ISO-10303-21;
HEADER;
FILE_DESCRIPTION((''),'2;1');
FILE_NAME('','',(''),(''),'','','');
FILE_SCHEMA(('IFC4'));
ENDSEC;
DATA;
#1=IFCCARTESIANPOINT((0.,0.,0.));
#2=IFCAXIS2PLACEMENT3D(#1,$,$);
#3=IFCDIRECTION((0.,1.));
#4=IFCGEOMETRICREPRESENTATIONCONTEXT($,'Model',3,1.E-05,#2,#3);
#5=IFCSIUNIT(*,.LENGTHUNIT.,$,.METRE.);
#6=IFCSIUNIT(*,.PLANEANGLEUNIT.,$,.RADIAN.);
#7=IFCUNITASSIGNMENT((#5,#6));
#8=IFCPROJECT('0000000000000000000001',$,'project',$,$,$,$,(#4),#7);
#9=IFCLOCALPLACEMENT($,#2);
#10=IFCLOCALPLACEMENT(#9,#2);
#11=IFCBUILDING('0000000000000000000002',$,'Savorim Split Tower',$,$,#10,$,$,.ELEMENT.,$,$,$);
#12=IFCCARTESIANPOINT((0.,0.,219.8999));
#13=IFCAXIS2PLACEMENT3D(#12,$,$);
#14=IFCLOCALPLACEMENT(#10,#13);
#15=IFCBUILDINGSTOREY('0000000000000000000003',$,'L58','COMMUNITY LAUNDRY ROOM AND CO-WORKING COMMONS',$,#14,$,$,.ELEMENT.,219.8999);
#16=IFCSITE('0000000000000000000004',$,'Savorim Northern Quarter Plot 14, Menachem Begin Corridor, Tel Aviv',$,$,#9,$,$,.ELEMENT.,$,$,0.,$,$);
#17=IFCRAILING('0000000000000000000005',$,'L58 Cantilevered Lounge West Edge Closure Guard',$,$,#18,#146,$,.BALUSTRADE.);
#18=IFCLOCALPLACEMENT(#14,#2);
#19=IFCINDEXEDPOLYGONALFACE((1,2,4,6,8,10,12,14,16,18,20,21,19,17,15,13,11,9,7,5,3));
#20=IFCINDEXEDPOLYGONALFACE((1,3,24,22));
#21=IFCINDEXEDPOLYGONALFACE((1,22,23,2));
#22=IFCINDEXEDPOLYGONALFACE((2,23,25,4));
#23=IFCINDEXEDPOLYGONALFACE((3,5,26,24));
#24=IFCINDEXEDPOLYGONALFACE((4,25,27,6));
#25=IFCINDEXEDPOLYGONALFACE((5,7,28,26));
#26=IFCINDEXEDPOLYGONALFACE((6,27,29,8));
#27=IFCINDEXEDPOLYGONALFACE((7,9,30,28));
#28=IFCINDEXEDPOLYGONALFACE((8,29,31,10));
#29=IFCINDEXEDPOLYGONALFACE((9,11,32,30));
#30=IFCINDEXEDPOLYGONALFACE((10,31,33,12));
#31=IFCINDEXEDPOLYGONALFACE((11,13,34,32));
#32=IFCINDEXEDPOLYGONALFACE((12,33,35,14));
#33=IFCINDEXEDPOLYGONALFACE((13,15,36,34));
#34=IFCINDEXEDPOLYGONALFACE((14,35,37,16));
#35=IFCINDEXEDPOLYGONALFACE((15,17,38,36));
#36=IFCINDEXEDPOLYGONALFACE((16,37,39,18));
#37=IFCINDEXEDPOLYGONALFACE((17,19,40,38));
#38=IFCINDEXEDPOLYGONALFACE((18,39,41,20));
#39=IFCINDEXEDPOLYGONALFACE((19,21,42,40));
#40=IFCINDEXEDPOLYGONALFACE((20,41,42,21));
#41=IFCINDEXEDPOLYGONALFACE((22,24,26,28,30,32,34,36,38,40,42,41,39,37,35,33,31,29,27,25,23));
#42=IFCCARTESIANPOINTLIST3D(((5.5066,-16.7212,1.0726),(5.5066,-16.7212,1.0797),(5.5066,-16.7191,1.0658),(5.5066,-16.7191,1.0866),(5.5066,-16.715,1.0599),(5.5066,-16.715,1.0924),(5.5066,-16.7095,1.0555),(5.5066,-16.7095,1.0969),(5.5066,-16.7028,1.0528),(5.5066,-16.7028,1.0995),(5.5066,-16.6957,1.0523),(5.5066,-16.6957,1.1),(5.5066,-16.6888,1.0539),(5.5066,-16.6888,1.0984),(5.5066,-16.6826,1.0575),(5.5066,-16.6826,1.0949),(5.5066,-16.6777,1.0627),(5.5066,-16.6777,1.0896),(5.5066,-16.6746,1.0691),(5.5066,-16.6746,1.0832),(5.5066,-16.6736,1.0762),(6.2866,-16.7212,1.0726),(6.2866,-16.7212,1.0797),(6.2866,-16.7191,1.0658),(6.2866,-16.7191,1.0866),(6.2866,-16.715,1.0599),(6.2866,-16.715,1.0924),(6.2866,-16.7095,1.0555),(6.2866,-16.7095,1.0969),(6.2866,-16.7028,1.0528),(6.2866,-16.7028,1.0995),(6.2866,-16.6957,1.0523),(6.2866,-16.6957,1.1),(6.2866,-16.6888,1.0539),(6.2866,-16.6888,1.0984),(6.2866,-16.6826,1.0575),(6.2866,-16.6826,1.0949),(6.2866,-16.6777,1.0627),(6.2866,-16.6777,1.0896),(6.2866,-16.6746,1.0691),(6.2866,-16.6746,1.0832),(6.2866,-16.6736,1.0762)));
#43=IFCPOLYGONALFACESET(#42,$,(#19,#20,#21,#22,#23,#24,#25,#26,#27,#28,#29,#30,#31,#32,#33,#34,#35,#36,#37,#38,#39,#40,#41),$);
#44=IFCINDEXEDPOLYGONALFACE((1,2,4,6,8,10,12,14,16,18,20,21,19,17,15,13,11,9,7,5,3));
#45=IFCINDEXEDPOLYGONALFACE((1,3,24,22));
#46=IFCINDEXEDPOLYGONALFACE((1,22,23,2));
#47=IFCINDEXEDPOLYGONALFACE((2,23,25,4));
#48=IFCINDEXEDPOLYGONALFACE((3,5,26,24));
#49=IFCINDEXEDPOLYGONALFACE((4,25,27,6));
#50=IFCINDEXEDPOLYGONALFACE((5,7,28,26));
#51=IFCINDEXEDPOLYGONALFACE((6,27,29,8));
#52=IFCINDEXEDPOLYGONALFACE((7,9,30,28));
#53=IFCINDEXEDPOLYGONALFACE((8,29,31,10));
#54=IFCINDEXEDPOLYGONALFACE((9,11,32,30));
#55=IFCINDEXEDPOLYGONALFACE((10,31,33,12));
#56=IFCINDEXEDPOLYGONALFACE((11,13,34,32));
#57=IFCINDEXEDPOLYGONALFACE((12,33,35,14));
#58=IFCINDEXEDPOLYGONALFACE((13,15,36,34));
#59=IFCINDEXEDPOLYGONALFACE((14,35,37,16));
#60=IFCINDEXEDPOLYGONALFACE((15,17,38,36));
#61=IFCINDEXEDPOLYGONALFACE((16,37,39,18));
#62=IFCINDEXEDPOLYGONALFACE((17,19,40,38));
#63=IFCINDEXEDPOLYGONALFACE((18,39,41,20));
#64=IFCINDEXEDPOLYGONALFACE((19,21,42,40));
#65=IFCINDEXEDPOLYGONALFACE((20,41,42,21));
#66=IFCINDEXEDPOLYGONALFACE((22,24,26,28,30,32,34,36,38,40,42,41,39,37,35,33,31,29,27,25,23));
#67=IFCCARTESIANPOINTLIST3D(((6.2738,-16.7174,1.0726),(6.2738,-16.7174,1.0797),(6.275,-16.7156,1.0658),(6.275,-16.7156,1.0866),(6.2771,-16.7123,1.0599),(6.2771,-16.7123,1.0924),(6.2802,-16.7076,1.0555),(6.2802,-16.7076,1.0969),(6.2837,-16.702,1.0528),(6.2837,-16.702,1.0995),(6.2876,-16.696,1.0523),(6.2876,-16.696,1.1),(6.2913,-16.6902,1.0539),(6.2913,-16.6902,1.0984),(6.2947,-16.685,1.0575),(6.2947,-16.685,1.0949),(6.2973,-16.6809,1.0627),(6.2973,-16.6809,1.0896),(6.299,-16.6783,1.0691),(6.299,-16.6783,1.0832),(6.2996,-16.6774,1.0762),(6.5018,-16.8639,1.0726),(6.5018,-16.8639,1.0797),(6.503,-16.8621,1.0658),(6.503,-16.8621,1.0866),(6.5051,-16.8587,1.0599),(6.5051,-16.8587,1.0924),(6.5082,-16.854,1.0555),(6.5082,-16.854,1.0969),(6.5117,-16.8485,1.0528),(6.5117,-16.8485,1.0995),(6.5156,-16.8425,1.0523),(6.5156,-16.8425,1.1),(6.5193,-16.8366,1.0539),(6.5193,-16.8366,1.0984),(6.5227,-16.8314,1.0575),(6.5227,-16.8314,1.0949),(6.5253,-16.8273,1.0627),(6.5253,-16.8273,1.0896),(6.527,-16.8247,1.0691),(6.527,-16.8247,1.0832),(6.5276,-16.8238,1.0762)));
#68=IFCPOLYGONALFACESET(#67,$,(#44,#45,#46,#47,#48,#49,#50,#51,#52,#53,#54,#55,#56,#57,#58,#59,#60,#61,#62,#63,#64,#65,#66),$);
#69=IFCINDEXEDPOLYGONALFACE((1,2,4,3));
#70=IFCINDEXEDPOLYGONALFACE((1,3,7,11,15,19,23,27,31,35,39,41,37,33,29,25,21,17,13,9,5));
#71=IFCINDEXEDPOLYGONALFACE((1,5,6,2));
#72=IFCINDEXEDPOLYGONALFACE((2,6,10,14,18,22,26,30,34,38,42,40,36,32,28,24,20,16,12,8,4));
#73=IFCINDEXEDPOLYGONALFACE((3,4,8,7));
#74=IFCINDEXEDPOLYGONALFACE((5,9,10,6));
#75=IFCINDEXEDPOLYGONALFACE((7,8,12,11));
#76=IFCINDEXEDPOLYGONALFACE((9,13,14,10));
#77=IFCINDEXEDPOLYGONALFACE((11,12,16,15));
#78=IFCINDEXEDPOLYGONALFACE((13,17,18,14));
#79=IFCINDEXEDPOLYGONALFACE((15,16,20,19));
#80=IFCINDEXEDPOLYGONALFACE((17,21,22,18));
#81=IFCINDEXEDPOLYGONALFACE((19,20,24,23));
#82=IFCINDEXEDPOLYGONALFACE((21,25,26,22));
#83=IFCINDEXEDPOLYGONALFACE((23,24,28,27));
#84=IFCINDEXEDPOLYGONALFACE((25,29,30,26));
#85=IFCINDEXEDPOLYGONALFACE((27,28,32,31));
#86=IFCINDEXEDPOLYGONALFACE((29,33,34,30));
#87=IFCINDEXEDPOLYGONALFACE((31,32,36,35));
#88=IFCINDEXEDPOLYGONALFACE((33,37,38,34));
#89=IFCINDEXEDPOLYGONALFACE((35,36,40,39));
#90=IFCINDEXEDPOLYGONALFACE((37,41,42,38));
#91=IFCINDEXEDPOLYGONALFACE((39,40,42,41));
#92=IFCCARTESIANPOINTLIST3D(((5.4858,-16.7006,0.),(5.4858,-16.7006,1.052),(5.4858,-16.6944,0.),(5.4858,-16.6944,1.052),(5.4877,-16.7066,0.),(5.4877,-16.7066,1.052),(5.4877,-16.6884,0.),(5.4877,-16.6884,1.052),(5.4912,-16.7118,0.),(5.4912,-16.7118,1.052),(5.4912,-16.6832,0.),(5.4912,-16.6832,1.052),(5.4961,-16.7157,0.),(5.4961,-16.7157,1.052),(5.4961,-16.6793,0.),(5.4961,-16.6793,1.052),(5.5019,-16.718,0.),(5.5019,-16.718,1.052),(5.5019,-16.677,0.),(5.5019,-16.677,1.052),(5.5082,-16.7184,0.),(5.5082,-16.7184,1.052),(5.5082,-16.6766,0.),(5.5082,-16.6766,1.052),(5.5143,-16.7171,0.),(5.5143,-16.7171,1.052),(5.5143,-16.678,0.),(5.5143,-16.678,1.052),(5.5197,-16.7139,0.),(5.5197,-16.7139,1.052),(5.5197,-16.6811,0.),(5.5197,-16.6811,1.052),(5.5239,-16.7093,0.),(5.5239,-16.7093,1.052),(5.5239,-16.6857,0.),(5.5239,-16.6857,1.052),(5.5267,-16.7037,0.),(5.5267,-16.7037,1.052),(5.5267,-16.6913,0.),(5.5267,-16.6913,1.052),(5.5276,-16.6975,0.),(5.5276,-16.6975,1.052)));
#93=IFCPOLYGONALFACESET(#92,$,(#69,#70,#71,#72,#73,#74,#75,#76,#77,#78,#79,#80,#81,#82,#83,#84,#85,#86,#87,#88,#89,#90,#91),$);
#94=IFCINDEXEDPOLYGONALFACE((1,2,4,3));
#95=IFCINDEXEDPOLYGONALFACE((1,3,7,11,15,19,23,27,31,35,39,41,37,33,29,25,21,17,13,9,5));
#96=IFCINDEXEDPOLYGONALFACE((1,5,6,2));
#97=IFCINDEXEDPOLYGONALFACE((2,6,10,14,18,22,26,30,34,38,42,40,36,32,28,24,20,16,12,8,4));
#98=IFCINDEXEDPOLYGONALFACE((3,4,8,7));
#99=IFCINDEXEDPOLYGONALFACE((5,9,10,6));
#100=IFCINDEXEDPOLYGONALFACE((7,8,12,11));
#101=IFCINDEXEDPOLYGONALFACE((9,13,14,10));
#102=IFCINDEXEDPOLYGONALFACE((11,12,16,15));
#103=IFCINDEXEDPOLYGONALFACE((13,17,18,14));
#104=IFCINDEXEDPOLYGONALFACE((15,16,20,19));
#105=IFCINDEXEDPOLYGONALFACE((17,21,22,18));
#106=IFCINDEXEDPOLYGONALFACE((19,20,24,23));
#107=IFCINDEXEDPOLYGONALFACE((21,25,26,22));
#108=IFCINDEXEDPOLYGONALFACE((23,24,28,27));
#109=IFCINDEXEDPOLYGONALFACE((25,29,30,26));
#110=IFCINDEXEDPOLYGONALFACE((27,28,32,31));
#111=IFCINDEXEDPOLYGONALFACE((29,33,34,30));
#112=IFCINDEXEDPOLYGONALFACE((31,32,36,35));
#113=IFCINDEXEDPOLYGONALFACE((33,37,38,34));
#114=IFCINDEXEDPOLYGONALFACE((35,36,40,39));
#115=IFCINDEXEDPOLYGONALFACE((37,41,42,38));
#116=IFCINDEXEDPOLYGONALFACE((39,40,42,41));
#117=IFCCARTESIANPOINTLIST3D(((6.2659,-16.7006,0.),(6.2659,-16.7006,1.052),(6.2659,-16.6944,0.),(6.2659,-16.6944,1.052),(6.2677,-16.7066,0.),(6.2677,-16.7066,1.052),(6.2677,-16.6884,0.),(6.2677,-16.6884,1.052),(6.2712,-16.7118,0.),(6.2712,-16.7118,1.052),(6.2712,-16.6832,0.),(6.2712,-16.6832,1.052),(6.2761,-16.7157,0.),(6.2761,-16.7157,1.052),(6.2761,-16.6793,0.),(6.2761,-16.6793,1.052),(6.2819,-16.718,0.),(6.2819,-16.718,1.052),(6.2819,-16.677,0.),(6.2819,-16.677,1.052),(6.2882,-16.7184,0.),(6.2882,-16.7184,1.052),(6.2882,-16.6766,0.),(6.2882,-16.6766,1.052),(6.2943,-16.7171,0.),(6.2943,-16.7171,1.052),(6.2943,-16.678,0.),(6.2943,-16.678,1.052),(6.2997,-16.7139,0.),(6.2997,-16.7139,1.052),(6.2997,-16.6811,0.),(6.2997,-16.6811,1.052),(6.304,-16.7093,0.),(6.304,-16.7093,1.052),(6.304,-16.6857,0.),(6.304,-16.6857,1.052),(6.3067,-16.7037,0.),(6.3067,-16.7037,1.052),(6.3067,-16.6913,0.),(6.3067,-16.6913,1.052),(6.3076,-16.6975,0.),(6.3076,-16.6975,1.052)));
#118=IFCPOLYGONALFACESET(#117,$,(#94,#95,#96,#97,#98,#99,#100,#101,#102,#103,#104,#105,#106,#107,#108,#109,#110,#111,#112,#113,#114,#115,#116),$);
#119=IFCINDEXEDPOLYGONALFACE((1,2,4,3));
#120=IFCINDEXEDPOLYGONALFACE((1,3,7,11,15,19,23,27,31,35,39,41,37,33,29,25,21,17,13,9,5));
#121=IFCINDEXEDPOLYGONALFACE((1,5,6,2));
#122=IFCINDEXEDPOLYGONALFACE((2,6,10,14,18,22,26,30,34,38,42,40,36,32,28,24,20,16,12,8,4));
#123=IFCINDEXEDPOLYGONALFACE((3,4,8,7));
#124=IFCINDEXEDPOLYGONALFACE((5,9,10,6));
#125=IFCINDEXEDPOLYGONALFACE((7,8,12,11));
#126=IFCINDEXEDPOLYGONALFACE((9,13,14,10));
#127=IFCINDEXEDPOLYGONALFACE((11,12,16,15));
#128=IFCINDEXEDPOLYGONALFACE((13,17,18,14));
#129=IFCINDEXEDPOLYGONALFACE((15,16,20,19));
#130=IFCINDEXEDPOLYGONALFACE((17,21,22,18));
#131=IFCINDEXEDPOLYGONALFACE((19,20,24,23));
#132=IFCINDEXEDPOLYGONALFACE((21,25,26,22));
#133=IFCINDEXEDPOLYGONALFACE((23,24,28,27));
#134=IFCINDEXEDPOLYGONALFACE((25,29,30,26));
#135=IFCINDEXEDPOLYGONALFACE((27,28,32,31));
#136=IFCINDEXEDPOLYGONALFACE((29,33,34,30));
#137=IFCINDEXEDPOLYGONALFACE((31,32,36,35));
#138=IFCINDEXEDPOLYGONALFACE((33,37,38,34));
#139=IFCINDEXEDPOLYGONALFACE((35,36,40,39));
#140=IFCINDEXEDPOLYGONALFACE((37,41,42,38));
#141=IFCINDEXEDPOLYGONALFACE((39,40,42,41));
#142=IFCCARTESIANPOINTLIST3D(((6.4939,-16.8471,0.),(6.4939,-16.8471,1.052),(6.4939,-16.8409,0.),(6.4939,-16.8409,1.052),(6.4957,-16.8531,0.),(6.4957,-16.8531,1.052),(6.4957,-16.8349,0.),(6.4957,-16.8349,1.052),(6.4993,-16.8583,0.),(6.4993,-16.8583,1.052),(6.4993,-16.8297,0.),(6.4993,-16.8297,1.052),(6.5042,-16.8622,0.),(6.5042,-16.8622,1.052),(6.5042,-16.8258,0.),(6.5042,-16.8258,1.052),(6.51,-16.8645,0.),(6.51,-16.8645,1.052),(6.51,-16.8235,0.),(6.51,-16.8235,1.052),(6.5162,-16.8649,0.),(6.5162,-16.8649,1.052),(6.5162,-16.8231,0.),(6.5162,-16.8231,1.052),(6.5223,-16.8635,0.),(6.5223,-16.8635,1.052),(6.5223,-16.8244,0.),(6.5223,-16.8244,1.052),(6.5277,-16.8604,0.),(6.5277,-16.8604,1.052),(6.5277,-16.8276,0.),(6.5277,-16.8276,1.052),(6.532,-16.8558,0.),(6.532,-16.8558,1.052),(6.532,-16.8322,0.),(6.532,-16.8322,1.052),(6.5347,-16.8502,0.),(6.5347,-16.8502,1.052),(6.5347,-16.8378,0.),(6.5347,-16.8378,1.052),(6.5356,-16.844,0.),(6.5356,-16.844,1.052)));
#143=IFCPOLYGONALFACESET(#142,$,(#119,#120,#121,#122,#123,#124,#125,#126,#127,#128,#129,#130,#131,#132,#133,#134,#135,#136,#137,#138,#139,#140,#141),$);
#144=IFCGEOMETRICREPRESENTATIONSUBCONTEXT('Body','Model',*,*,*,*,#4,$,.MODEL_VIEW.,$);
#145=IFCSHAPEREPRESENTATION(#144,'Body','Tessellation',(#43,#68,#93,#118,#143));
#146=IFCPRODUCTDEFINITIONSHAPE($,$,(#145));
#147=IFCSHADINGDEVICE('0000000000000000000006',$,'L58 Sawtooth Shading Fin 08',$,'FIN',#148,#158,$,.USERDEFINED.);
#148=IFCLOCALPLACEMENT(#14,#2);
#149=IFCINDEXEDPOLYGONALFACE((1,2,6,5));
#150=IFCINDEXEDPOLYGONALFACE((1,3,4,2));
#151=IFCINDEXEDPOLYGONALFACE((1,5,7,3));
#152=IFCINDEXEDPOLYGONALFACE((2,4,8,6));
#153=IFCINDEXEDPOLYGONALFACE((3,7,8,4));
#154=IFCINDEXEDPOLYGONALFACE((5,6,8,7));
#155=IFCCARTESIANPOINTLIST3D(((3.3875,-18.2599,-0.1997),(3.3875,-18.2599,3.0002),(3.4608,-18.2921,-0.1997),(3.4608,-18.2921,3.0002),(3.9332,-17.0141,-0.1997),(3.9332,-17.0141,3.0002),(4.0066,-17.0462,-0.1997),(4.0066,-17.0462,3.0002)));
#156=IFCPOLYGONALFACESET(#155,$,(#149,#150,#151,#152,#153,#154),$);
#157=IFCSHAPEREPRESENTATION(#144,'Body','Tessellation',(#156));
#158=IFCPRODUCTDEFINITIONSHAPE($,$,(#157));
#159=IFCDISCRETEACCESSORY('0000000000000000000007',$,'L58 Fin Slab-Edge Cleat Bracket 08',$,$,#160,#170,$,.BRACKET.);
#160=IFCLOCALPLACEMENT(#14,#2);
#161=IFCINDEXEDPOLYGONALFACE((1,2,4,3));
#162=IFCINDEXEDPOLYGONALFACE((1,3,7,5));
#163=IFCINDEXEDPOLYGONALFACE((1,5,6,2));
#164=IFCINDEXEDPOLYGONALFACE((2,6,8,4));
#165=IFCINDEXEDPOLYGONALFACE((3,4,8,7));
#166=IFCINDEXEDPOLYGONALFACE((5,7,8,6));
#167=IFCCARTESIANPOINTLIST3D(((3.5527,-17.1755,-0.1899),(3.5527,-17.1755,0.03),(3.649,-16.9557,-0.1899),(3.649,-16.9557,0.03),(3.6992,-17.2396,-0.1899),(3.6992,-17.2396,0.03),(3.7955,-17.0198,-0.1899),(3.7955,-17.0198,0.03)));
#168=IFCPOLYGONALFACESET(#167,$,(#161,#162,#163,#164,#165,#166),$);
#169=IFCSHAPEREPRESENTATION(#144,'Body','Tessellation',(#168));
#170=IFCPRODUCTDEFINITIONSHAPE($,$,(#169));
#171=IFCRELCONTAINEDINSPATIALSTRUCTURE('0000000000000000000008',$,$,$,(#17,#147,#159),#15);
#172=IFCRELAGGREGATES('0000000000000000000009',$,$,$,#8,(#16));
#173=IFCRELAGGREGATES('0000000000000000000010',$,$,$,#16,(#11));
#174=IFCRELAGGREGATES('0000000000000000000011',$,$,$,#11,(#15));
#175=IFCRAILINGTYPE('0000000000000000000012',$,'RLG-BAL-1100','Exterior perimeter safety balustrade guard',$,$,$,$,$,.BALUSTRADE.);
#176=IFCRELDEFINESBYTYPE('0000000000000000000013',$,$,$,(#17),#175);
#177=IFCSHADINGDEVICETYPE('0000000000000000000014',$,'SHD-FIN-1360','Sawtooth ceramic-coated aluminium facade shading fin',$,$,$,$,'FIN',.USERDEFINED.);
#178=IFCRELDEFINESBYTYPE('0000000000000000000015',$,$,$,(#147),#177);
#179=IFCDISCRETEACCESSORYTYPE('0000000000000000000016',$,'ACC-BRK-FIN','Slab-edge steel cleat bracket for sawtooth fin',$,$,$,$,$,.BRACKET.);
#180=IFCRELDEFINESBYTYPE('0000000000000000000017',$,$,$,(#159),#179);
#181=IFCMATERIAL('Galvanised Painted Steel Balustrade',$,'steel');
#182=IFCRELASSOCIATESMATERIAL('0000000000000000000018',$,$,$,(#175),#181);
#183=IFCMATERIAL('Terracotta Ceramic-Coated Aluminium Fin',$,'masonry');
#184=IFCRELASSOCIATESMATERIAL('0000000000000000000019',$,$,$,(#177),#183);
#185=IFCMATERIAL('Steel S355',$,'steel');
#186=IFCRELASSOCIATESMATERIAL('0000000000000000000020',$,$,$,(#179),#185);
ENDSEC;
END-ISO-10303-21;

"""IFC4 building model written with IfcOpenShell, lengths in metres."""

from ifc_helpers import new_model, si_unit, direction, frame, origin, origin_2d, place, context, subcontext, project, spatial, rectangle, circle, extrude, material, type_object, element, save


model = new_model("IFC4")

# Units and contexts
model_context = context("Model", 3, precision=1e-05, world=origin(), true_north=direction((0.0, 1.0)))
body_context = subcontext(model_context, "Body", "Model", "MODEL_VIEW")
ifc_project = project(units=[si_unit("LENGTHUNIT", "METRE"), si_unit("PLANEANGLEUNIT", "RADIAN")], contexts=[model_context])

# Site, building, storey
site_placement = place(None, origin())
site = spatial("IfcSite", under=ifc_project, at=site_placement, Name="Savorim Northern Quarter Plot 14, Menachem Begin Corridor, Tel Aviv", CompositionType="ELEMENT", RefElevation=0.0)
building_placement = place(site_placement, origin())
building = spatial("IfcBuilding", under=site, at=building_placement, Name="Savorim Split Tower", CompositionType="ELEMENT")
storey_placement = place(building_placement, frame((0.0, 0.0, 219.8999)))
storey = spatial("IfcBuildingStorey", under=building, at=storey_placement, Name="L58", Description="COMMUNITY LAUNDRY ROOM AND CO-WORKING COMMONS", CompositionType="ELEMENT", Elevation=219.8999)

# Railing
ifc_material_1 = material(Name="Galvanised Painted Steel Balustrade", Category="steel")
railing_type = type_object("IfcRailingType", Name="RLG-BAL-1100", Description="Exterior perimeter safety balustrade guard", PredefinedType="BALUSTRADE", material=ifc_material_1)
railing_placement = place(storey_placement, frame((5.5066, -16.6975, 0.0)))
element("IfcRailing", 1, at=railing_placement, inside=storey, type_object=railing_type, Name="L58 Cantilevered Lounge West Edge Closure Guard", PredefinedType="BALUSTRADE", context=body_context, shape_type="SweptSolid", body=[
    extrude(circle(Radius=0.0239, at=origin_2d()), frame((0.0, 0.0, 1.0762), z_axis=(1.0, 0.0, 0.0), x_axis=(0.0, 1.0, 0.0)), (0.0, 0.0, 1.0), 0.78),
    extrude(circle(Radius=0.0239, at=origin_2d()), frame((0.78, 0.0, 1.0762), z_axis=(0.841354, -0.540484, 0.0), x_axis=(0.540484, 0.841354, 0.0)), (0.0, 0.0, 1.0), 0.271),
    extrude(circle(Radius=0.021, at=origin_2d()), origin(), (0.0, 0.0, 1.0), 1.052),
    extrude(circle(Radius=0.021, at=origin_2d()), frame((0.78, 0.0, 0.0)), (0.0, 0.0, 1.0), 1.052),
    extrude(circle(Radius=0.021, at=origin_2d()), frame((1.0081, -0.1465, 0.0)), (0.0, 0.0, 1.0), 1.052),
])

# Shading device
ifc_material_2 = material(Name="Terracotta Ceramic-Coated Aluminium Fin", Category="masonry")
shading_device_type = type_object("IfcShadingDeviceType", Name="SHD-FIN-1360", Description="Sawtooth ceramic-coated aluminium facade shading fin", ElementType="FIN", PredefinedType="USERDEFINED", material=ifc_material_2)
shading_device_placement = place(storey_placement, frame((3.697, -17.6531, -0.1997), z_axis=(0.0, 0.0, 1.0), x_axis=(-0.40123, -0.915977, 0.0)))
element("IfcShadingDevice", 2, at=shading_device_placement, inside=storey, type_object=shading_device_type, Name="L58 Sawtooth Shading Fin 08", ObjectType="FIN", PredefinedType="USERDEFINED", context=body_context, shape_type="SweptSolid", body=[
    extrude(rectangle(XDim=1.3601, YDim=0.0801, at=origin_2d()), origin(), (0.0, 0.0, 1.0), 3.2),
])

# Discrete accessory
ifc_material_3 = material(Name="Steel S355", Category="steel")
discrete_accessory_type = type_object("IfcDiscreteAccessoryType", Name="ACC-BRK-FIN", Description="Slab-edge steel cleat bracket for sawtooth fin", PredefinedType="BRACKET", material=ifc_material_3)
discrete_accessory_placement = place(storey_placement, frame((3.6741, -17.0977, -0.1899), z_axis=(0.0, 0.0, 1.0), x_axis=(-0.40123, -0.915977, 0.0)))
element("IfcDiscreteAccessory", 3, at=discrete_accessory_placement, inside=storey, type_object=discrete_accessory_type, Name="L58 Fin Slab-Edge Cleat Bracket 08", PredefinedType="BRACKET", context=body_context, shape_type="SweptSolid", body=[
    extrude(rectangle(XDim=0.24, YDim=0.1599, at=origin_2d()), origin(), (0.0, 0.0, 1.0), 0.22),
])

save(model, "model.ifc")
